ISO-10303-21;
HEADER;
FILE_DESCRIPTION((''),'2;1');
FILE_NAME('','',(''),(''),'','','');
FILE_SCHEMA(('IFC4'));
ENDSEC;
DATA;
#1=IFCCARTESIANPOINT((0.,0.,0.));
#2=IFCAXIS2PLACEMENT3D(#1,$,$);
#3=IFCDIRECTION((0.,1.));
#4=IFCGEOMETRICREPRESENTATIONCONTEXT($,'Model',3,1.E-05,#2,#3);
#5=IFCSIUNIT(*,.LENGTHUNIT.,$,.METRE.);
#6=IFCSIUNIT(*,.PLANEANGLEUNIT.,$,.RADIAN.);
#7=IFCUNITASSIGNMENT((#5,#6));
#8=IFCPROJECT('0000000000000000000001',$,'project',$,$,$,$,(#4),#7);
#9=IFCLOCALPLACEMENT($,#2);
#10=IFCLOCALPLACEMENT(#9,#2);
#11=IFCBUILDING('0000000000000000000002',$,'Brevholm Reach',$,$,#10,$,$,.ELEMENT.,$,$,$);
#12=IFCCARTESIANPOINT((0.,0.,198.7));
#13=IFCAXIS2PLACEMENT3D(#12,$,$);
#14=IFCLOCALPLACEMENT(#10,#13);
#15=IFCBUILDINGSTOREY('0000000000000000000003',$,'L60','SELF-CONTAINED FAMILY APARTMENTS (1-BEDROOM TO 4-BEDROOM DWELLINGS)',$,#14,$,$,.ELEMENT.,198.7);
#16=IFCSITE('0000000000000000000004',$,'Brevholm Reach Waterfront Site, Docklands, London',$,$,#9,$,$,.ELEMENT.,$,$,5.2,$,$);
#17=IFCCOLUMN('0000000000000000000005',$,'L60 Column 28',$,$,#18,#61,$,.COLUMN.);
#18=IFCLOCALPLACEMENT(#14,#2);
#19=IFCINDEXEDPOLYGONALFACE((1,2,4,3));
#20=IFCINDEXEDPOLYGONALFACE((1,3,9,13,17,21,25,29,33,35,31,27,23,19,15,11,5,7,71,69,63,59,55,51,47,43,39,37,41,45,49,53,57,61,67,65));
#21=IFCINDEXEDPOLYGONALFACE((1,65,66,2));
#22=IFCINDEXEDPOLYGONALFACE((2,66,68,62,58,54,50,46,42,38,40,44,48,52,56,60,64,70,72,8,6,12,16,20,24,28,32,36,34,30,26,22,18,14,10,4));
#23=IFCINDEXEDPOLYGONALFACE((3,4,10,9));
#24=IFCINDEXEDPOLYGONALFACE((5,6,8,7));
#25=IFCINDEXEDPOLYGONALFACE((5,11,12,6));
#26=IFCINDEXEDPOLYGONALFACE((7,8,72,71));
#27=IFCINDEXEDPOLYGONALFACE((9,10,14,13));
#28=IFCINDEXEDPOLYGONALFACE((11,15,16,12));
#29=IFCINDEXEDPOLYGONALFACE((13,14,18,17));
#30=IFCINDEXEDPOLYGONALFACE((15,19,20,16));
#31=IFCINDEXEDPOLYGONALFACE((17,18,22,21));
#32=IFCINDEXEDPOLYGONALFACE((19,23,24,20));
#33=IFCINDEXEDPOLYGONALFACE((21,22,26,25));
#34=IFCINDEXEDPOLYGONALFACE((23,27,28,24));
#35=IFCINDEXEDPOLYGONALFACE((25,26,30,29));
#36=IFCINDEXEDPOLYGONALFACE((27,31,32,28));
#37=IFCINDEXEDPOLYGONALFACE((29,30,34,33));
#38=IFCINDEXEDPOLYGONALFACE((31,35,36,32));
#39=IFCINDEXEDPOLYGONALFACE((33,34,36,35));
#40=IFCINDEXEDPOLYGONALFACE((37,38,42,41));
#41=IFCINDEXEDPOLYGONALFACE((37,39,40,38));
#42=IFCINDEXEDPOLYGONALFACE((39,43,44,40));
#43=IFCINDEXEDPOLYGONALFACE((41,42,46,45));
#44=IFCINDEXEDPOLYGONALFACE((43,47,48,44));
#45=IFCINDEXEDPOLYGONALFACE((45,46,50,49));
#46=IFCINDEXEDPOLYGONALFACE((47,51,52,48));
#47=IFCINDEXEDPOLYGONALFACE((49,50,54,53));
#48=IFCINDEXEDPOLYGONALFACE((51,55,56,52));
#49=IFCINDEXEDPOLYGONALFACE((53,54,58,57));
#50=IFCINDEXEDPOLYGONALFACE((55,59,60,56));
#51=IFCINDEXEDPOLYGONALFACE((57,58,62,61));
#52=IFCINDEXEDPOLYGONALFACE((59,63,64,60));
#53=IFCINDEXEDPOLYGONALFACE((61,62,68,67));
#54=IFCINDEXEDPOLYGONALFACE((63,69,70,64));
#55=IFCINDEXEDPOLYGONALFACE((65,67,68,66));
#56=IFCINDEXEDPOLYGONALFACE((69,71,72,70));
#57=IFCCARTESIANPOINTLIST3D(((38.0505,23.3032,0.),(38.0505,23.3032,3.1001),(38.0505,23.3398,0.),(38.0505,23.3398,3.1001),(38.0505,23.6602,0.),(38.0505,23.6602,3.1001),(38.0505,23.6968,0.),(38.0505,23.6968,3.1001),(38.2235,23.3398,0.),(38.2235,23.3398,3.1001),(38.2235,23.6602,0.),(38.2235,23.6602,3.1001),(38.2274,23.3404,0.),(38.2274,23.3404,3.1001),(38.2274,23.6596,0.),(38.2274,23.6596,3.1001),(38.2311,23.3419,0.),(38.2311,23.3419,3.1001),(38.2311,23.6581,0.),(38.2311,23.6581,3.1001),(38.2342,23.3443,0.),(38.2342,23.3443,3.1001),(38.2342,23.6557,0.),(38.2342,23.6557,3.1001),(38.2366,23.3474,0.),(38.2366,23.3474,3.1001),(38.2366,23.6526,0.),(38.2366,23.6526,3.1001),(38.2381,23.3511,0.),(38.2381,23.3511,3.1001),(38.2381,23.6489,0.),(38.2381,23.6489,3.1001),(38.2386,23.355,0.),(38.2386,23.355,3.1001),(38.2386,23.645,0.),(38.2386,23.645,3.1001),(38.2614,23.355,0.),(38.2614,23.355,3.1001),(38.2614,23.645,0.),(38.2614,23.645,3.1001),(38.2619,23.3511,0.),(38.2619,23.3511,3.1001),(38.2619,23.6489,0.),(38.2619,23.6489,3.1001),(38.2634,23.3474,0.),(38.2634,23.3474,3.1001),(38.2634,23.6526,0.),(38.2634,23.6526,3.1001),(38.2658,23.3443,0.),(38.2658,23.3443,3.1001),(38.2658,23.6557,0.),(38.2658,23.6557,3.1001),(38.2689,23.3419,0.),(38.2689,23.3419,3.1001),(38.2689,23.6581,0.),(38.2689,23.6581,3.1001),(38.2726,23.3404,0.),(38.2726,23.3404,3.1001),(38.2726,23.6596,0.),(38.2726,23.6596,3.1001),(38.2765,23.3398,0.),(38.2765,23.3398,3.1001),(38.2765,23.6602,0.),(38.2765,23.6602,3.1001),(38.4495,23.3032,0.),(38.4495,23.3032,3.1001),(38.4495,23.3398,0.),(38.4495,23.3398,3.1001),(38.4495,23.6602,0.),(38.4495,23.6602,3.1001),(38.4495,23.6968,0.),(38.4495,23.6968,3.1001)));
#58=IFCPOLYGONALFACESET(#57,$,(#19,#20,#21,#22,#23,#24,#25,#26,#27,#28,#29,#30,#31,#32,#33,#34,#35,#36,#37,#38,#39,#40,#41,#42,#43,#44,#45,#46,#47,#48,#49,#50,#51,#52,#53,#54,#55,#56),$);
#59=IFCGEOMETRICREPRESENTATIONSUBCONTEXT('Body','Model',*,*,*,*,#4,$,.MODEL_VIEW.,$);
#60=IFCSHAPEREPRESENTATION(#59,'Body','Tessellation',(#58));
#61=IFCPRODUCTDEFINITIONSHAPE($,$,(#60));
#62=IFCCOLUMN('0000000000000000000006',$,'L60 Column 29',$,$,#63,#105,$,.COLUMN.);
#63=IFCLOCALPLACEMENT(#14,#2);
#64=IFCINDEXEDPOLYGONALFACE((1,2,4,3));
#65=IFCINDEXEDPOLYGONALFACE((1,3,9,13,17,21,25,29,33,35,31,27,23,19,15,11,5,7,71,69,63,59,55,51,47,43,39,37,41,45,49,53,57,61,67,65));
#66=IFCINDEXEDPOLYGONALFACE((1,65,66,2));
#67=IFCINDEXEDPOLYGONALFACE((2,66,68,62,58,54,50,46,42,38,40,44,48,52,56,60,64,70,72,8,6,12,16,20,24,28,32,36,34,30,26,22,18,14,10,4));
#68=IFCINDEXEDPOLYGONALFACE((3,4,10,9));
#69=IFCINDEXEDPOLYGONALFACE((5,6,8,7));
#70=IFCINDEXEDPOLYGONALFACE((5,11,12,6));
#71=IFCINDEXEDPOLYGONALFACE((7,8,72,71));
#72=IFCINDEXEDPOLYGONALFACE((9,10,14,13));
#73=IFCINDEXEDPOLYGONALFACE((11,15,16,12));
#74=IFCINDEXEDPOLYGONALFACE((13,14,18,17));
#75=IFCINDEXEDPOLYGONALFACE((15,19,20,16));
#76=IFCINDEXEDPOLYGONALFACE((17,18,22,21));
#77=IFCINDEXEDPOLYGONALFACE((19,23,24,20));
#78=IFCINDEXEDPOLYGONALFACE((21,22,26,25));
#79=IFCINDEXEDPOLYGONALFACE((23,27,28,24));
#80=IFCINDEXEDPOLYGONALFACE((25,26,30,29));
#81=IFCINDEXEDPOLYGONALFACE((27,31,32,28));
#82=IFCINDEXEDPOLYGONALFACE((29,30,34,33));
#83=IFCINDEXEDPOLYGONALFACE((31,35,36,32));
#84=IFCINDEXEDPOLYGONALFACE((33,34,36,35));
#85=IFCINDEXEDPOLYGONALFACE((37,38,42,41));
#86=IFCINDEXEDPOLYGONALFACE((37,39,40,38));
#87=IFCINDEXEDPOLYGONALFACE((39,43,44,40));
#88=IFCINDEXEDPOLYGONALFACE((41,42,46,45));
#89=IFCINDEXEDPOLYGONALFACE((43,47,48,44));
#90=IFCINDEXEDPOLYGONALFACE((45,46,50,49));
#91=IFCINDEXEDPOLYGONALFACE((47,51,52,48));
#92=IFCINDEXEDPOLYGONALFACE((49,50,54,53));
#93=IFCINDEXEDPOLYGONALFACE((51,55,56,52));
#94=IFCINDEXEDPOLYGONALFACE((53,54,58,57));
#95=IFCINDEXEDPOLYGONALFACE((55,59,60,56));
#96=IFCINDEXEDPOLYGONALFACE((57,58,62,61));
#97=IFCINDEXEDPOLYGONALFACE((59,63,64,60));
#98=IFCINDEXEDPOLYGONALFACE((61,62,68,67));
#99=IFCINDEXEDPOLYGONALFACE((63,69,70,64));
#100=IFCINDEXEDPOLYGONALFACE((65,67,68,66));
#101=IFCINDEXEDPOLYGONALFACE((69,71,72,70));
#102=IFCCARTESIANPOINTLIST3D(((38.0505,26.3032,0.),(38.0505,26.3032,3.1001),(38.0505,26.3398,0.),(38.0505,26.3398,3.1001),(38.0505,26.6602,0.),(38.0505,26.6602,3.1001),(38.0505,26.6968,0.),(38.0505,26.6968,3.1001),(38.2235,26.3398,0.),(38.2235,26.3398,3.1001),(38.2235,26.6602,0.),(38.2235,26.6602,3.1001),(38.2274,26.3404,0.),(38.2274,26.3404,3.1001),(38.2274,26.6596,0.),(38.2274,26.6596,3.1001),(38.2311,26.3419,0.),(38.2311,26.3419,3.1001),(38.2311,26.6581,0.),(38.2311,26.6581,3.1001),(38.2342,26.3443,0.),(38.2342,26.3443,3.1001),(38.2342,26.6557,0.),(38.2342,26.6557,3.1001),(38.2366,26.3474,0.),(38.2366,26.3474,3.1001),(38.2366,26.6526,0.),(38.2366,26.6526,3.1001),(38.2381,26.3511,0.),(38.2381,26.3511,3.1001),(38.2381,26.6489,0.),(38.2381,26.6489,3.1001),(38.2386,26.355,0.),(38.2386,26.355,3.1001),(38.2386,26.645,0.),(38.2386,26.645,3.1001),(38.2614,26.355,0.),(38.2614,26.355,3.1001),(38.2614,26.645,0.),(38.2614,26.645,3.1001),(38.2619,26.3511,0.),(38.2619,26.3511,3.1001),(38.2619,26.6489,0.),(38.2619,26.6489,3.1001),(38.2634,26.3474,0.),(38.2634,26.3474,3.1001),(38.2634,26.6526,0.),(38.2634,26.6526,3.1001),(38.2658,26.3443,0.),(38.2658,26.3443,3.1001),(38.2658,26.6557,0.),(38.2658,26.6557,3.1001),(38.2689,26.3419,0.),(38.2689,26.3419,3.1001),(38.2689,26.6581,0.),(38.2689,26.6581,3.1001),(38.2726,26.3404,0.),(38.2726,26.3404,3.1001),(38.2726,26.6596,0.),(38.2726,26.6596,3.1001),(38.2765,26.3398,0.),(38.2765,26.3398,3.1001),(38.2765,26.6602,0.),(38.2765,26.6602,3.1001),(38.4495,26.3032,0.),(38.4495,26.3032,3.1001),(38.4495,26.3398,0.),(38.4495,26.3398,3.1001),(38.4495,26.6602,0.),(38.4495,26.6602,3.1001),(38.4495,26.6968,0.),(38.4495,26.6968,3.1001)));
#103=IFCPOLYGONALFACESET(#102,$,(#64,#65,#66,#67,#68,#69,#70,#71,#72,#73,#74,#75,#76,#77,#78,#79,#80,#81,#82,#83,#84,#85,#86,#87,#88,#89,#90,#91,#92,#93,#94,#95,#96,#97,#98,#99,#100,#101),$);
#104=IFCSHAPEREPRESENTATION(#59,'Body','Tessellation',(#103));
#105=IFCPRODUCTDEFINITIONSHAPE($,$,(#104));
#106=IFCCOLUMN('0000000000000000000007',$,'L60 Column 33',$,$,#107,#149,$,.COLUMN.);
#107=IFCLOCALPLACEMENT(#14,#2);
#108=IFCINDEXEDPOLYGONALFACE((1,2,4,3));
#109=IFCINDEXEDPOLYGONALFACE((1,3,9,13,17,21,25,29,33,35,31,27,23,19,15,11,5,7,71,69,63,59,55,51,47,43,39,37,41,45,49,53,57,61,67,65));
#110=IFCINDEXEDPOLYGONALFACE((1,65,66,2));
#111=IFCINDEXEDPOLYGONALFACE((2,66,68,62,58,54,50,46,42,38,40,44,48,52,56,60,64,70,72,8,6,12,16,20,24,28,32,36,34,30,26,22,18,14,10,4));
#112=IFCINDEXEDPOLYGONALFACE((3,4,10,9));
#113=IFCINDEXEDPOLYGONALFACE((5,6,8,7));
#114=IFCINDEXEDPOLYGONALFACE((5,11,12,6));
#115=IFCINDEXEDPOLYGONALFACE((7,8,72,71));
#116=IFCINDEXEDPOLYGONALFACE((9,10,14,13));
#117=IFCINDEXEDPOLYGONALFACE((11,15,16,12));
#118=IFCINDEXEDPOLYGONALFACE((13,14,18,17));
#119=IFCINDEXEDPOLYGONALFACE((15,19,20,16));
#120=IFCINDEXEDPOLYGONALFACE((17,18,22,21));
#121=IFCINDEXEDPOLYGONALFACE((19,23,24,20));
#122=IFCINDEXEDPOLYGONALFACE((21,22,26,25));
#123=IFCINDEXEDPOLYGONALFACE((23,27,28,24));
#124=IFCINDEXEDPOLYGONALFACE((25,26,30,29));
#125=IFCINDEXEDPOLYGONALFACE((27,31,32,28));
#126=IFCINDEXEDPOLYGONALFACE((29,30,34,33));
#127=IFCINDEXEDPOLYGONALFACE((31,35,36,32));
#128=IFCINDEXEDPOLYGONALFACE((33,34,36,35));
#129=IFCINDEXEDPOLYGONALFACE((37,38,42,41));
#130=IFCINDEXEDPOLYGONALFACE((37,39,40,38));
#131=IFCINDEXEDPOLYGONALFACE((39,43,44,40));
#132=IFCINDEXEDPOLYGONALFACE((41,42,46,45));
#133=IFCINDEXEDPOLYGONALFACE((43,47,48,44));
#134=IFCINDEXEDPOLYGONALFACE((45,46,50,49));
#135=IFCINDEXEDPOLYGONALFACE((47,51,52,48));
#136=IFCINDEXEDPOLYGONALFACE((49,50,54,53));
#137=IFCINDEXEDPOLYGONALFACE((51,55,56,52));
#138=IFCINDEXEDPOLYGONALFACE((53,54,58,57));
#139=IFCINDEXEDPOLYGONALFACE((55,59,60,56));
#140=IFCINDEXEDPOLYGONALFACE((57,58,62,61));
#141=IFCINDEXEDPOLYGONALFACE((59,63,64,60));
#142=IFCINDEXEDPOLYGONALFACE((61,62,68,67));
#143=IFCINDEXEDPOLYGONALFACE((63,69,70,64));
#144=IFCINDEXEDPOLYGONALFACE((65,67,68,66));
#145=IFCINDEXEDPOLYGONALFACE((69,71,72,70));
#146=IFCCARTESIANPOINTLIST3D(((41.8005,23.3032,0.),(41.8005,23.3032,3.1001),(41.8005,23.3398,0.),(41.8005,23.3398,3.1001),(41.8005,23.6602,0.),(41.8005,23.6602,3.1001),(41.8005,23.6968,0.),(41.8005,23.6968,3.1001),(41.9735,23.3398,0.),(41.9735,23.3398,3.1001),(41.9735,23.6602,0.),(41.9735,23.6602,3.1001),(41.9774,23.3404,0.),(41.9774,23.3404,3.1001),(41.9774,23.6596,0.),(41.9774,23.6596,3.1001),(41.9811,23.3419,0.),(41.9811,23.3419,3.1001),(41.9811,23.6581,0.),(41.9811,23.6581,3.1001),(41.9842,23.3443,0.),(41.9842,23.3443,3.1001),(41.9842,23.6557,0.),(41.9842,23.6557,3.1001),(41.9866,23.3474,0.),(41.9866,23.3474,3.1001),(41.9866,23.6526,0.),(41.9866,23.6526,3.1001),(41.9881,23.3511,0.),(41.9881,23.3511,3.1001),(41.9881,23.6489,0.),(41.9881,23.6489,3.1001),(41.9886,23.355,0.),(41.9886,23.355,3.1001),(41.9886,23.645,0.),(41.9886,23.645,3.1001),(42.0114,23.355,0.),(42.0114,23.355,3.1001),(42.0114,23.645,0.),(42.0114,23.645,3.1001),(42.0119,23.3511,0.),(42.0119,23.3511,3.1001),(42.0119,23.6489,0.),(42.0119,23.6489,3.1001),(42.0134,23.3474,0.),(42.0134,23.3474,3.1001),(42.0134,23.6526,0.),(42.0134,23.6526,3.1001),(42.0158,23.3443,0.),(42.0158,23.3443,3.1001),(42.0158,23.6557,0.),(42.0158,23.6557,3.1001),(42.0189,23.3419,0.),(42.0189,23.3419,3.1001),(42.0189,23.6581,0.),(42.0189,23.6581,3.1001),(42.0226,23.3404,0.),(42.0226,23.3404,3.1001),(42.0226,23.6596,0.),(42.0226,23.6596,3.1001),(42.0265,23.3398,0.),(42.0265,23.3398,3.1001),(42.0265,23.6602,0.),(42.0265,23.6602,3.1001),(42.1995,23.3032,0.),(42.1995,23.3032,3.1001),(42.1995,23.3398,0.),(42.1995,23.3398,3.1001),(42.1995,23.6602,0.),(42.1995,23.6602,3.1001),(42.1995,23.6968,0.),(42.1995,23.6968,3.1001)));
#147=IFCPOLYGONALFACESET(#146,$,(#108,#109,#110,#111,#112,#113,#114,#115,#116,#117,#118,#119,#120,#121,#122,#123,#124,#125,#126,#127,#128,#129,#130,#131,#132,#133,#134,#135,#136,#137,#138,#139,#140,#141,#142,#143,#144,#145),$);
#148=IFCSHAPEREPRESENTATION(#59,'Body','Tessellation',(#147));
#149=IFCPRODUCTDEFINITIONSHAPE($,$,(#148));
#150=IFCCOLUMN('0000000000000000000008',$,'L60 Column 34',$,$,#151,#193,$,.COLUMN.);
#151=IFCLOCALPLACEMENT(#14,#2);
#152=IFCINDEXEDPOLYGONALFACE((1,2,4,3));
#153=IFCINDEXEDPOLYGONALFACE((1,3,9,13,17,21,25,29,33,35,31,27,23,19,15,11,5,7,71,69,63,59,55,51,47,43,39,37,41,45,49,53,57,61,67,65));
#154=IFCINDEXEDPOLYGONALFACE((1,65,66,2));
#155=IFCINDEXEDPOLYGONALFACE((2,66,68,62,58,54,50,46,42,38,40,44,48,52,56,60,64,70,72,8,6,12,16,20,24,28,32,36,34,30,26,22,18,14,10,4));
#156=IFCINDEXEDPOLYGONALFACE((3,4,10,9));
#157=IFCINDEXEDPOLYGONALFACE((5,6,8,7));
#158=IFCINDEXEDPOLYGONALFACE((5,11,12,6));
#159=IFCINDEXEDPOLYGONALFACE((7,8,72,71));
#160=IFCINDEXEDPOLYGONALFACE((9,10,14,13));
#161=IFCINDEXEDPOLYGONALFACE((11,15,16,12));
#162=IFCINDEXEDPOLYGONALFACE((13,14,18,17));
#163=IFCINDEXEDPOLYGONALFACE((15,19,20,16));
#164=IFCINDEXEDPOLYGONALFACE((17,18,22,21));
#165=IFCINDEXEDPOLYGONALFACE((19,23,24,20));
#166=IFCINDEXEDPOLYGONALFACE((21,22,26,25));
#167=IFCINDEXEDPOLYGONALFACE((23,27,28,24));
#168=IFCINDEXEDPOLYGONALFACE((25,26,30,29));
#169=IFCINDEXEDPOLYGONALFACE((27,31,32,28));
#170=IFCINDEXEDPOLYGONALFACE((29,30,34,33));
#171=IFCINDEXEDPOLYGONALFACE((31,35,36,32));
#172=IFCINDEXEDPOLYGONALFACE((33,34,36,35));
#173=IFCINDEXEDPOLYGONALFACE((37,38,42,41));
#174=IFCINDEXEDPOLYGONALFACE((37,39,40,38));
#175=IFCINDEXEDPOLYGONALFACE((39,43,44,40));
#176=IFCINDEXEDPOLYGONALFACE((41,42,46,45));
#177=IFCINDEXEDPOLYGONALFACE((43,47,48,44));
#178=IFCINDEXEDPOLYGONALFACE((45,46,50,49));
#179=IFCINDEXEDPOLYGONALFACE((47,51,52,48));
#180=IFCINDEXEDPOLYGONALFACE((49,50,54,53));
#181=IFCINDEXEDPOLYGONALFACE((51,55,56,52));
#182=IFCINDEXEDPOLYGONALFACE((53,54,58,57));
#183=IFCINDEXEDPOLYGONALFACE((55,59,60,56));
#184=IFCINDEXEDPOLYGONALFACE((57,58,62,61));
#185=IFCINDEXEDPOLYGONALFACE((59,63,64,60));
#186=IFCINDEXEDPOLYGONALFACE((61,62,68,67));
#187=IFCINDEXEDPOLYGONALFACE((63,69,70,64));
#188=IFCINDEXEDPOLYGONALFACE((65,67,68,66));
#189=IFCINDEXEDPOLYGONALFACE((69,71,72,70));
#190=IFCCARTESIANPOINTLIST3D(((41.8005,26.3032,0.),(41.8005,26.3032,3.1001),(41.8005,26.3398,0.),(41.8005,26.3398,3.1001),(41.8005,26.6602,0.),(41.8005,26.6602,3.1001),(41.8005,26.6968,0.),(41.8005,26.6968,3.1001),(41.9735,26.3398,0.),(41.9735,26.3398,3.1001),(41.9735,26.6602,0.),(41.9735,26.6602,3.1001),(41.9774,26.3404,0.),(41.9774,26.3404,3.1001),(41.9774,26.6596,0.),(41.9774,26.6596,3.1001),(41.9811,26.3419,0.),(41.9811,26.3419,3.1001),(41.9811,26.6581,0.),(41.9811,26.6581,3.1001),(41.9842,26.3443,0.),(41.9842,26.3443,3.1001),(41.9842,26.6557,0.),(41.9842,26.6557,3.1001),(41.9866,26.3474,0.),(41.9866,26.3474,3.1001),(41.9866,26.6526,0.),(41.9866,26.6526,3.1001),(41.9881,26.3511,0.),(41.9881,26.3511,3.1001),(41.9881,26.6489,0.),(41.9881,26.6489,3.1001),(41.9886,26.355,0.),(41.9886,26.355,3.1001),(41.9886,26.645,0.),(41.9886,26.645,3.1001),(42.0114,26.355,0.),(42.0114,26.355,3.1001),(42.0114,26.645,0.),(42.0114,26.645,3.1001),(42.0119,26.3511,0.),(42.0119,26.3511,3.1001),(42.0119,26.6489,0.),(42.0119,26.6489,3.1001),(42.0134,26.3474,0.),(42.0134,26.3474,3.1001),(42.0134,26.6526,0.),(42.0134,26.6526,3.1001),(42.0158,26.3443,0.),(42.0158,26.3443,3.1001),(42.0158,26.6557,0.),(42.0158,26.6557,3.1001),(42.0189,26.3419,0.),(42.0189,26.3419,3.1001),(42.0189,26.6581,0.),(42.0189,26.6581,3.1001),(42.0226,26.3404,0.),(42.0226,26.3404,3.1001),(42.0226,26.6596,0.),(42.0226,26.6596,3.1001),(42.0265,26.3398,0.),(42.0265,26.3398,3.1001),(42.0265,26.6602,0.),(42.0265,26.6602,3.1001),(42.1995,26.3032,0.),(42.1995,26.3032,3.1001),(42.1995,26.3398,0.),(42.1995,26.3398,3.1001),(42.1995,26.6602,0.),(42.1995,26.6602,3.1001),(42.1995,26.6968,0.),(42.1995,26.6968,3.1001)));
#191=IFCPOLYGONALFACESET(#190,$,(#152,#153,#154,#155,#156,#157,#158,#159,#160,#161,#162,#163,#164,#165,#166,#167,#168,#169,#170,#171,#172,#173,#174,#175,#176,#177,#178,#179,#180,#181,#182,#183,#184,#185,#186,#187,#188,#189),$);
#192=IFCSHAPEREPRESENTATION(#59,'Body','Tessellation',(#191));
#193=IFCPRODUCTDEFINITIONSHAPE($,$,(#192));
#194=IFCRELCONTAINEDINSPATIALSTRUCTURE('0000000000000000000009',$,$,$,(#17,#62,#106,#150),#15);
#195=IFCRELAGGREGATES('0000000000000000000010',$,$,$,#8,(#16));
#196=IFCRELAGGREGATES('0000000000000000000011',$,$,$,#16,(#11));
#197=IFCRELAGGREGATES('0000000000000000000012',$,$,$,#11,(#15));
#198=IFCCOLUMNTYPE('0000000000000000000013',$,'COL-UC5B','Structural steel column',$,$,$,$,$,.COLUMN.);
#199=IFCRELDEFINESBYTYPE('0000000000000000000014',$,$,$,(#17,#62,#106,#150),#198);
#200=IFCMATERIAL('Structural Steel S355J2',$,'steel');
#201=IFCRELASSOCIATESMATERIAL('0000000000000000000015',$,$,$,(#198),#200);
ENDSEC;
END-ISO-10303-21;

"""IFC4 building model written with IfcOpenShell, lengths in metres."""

from ifc_helpers import new_model, si_unit, direction, frame, origin, origin_2d, place, context, subcontext, project, spatial, i_section, extrude, material, material_profile, profile_set, type_object, element, save


model = new_model("IFC4")

# Units and contexts
model_context = context("Model", 3, precision=1e-05, world=origin(), true_north=direction((0.0, 1.0)))
body_context = subcontext(model_context, "Body", "Model", "MODEL_VIEW")
ifc_project = project(units=[si_unit("LENGTHUNIT", "METRE"), si_unit("PLANEANGLEUNIT", "RADIAN")], contexts=[model_context])

# Site, building, storey
site_placement = place(None, origin())
site = spatial("IfcSite", under=ifc_project, at=site_placement, Name="Brevholm Reach Waterfront Site, Docklands, London", CompositionType="ELEMENT", RefElevation=5.2)
building_placement = place(site_placement, origin())
building = spatial("IfcBuilding", under=site, at=building_placement, Name="Brevholm Reach", CompositionType="ELEMENT")
storey_placement = place(building_placement, frame((0.0, 0.0, 198.7)))
storey = spatial("IfcBuildingStorey", under=building, at=storey_placement, Name="L60", Description="SELF-CONTAINED FAMILY APARTMENTS (1-BEDROOM TO 4-BEDROOM DWELLINGS)", CompositionType="ELEMENT", Elevation=198.7)

# Columns
ifc_material_1 = material(Name="Structural Steel S355J2", Category="steel")
ifc_material_profile_1 = material_profile(ifc_material_1, i_section(OverallWidth=0.3989, OverallDepth=0.3936, WebThickness=0.0227, FlangeThickness=0.0366, FilletRadius=0.0151, at=origin_2d()), Name="UKC 356x406x287")
ifc_profile_set_1 = profile_set([ifc_material_profile_1], Name="Structural Steel S355J2")
column_type = type_object("IfcColumnType", Name="COL-UC5B", Description="Structural steel column", PredefinedType="COLUMN", material=ifc_profile_set_1)
for number, where, z_axis, x_axis, name in (
    (1, (38.25, 23.5, 0.0), (0.0, 0.0, 1.0), (1.0, 0.0, 0.0), "L60 Column 28"),
    (2, (38.25, 26.5, 0.0), (0.0, 0.0, 1.0), (1.0, 0.0, 0.0), "L60 Column 29"),
    (3, (42.0, 23.5, 0.0), (0.0, 0.0, 1.0), (1.0, 0.0, 0.0), "L60 Column 33"),
    (4, (42.0, 26.5, 0.0), (0.0, 0.0, 1.0), (1.0, 0.0, 0.0), "L60 Column 34"),
):
    element("IfcColumn", number, at=place(storey_placement, frame(where, z_axis=z_axis, x_axis=x_axis)), inside=storey, type_object=column_type, Name=name, PredefinedType="COLUMN", context=body_context, shape_type="SweptSolid", body=[
        extrude(i_section(OverallWidth=0.3989, OverallDepth=0.3936, WebThickness=0.0227, FlangeThickness=0.0366, FilletRadius=0.0151, at=origin_2d()), origin(), (0.0, 0.0, 1.0), 3.1001),
    ])

save(model, "model.ifc")
